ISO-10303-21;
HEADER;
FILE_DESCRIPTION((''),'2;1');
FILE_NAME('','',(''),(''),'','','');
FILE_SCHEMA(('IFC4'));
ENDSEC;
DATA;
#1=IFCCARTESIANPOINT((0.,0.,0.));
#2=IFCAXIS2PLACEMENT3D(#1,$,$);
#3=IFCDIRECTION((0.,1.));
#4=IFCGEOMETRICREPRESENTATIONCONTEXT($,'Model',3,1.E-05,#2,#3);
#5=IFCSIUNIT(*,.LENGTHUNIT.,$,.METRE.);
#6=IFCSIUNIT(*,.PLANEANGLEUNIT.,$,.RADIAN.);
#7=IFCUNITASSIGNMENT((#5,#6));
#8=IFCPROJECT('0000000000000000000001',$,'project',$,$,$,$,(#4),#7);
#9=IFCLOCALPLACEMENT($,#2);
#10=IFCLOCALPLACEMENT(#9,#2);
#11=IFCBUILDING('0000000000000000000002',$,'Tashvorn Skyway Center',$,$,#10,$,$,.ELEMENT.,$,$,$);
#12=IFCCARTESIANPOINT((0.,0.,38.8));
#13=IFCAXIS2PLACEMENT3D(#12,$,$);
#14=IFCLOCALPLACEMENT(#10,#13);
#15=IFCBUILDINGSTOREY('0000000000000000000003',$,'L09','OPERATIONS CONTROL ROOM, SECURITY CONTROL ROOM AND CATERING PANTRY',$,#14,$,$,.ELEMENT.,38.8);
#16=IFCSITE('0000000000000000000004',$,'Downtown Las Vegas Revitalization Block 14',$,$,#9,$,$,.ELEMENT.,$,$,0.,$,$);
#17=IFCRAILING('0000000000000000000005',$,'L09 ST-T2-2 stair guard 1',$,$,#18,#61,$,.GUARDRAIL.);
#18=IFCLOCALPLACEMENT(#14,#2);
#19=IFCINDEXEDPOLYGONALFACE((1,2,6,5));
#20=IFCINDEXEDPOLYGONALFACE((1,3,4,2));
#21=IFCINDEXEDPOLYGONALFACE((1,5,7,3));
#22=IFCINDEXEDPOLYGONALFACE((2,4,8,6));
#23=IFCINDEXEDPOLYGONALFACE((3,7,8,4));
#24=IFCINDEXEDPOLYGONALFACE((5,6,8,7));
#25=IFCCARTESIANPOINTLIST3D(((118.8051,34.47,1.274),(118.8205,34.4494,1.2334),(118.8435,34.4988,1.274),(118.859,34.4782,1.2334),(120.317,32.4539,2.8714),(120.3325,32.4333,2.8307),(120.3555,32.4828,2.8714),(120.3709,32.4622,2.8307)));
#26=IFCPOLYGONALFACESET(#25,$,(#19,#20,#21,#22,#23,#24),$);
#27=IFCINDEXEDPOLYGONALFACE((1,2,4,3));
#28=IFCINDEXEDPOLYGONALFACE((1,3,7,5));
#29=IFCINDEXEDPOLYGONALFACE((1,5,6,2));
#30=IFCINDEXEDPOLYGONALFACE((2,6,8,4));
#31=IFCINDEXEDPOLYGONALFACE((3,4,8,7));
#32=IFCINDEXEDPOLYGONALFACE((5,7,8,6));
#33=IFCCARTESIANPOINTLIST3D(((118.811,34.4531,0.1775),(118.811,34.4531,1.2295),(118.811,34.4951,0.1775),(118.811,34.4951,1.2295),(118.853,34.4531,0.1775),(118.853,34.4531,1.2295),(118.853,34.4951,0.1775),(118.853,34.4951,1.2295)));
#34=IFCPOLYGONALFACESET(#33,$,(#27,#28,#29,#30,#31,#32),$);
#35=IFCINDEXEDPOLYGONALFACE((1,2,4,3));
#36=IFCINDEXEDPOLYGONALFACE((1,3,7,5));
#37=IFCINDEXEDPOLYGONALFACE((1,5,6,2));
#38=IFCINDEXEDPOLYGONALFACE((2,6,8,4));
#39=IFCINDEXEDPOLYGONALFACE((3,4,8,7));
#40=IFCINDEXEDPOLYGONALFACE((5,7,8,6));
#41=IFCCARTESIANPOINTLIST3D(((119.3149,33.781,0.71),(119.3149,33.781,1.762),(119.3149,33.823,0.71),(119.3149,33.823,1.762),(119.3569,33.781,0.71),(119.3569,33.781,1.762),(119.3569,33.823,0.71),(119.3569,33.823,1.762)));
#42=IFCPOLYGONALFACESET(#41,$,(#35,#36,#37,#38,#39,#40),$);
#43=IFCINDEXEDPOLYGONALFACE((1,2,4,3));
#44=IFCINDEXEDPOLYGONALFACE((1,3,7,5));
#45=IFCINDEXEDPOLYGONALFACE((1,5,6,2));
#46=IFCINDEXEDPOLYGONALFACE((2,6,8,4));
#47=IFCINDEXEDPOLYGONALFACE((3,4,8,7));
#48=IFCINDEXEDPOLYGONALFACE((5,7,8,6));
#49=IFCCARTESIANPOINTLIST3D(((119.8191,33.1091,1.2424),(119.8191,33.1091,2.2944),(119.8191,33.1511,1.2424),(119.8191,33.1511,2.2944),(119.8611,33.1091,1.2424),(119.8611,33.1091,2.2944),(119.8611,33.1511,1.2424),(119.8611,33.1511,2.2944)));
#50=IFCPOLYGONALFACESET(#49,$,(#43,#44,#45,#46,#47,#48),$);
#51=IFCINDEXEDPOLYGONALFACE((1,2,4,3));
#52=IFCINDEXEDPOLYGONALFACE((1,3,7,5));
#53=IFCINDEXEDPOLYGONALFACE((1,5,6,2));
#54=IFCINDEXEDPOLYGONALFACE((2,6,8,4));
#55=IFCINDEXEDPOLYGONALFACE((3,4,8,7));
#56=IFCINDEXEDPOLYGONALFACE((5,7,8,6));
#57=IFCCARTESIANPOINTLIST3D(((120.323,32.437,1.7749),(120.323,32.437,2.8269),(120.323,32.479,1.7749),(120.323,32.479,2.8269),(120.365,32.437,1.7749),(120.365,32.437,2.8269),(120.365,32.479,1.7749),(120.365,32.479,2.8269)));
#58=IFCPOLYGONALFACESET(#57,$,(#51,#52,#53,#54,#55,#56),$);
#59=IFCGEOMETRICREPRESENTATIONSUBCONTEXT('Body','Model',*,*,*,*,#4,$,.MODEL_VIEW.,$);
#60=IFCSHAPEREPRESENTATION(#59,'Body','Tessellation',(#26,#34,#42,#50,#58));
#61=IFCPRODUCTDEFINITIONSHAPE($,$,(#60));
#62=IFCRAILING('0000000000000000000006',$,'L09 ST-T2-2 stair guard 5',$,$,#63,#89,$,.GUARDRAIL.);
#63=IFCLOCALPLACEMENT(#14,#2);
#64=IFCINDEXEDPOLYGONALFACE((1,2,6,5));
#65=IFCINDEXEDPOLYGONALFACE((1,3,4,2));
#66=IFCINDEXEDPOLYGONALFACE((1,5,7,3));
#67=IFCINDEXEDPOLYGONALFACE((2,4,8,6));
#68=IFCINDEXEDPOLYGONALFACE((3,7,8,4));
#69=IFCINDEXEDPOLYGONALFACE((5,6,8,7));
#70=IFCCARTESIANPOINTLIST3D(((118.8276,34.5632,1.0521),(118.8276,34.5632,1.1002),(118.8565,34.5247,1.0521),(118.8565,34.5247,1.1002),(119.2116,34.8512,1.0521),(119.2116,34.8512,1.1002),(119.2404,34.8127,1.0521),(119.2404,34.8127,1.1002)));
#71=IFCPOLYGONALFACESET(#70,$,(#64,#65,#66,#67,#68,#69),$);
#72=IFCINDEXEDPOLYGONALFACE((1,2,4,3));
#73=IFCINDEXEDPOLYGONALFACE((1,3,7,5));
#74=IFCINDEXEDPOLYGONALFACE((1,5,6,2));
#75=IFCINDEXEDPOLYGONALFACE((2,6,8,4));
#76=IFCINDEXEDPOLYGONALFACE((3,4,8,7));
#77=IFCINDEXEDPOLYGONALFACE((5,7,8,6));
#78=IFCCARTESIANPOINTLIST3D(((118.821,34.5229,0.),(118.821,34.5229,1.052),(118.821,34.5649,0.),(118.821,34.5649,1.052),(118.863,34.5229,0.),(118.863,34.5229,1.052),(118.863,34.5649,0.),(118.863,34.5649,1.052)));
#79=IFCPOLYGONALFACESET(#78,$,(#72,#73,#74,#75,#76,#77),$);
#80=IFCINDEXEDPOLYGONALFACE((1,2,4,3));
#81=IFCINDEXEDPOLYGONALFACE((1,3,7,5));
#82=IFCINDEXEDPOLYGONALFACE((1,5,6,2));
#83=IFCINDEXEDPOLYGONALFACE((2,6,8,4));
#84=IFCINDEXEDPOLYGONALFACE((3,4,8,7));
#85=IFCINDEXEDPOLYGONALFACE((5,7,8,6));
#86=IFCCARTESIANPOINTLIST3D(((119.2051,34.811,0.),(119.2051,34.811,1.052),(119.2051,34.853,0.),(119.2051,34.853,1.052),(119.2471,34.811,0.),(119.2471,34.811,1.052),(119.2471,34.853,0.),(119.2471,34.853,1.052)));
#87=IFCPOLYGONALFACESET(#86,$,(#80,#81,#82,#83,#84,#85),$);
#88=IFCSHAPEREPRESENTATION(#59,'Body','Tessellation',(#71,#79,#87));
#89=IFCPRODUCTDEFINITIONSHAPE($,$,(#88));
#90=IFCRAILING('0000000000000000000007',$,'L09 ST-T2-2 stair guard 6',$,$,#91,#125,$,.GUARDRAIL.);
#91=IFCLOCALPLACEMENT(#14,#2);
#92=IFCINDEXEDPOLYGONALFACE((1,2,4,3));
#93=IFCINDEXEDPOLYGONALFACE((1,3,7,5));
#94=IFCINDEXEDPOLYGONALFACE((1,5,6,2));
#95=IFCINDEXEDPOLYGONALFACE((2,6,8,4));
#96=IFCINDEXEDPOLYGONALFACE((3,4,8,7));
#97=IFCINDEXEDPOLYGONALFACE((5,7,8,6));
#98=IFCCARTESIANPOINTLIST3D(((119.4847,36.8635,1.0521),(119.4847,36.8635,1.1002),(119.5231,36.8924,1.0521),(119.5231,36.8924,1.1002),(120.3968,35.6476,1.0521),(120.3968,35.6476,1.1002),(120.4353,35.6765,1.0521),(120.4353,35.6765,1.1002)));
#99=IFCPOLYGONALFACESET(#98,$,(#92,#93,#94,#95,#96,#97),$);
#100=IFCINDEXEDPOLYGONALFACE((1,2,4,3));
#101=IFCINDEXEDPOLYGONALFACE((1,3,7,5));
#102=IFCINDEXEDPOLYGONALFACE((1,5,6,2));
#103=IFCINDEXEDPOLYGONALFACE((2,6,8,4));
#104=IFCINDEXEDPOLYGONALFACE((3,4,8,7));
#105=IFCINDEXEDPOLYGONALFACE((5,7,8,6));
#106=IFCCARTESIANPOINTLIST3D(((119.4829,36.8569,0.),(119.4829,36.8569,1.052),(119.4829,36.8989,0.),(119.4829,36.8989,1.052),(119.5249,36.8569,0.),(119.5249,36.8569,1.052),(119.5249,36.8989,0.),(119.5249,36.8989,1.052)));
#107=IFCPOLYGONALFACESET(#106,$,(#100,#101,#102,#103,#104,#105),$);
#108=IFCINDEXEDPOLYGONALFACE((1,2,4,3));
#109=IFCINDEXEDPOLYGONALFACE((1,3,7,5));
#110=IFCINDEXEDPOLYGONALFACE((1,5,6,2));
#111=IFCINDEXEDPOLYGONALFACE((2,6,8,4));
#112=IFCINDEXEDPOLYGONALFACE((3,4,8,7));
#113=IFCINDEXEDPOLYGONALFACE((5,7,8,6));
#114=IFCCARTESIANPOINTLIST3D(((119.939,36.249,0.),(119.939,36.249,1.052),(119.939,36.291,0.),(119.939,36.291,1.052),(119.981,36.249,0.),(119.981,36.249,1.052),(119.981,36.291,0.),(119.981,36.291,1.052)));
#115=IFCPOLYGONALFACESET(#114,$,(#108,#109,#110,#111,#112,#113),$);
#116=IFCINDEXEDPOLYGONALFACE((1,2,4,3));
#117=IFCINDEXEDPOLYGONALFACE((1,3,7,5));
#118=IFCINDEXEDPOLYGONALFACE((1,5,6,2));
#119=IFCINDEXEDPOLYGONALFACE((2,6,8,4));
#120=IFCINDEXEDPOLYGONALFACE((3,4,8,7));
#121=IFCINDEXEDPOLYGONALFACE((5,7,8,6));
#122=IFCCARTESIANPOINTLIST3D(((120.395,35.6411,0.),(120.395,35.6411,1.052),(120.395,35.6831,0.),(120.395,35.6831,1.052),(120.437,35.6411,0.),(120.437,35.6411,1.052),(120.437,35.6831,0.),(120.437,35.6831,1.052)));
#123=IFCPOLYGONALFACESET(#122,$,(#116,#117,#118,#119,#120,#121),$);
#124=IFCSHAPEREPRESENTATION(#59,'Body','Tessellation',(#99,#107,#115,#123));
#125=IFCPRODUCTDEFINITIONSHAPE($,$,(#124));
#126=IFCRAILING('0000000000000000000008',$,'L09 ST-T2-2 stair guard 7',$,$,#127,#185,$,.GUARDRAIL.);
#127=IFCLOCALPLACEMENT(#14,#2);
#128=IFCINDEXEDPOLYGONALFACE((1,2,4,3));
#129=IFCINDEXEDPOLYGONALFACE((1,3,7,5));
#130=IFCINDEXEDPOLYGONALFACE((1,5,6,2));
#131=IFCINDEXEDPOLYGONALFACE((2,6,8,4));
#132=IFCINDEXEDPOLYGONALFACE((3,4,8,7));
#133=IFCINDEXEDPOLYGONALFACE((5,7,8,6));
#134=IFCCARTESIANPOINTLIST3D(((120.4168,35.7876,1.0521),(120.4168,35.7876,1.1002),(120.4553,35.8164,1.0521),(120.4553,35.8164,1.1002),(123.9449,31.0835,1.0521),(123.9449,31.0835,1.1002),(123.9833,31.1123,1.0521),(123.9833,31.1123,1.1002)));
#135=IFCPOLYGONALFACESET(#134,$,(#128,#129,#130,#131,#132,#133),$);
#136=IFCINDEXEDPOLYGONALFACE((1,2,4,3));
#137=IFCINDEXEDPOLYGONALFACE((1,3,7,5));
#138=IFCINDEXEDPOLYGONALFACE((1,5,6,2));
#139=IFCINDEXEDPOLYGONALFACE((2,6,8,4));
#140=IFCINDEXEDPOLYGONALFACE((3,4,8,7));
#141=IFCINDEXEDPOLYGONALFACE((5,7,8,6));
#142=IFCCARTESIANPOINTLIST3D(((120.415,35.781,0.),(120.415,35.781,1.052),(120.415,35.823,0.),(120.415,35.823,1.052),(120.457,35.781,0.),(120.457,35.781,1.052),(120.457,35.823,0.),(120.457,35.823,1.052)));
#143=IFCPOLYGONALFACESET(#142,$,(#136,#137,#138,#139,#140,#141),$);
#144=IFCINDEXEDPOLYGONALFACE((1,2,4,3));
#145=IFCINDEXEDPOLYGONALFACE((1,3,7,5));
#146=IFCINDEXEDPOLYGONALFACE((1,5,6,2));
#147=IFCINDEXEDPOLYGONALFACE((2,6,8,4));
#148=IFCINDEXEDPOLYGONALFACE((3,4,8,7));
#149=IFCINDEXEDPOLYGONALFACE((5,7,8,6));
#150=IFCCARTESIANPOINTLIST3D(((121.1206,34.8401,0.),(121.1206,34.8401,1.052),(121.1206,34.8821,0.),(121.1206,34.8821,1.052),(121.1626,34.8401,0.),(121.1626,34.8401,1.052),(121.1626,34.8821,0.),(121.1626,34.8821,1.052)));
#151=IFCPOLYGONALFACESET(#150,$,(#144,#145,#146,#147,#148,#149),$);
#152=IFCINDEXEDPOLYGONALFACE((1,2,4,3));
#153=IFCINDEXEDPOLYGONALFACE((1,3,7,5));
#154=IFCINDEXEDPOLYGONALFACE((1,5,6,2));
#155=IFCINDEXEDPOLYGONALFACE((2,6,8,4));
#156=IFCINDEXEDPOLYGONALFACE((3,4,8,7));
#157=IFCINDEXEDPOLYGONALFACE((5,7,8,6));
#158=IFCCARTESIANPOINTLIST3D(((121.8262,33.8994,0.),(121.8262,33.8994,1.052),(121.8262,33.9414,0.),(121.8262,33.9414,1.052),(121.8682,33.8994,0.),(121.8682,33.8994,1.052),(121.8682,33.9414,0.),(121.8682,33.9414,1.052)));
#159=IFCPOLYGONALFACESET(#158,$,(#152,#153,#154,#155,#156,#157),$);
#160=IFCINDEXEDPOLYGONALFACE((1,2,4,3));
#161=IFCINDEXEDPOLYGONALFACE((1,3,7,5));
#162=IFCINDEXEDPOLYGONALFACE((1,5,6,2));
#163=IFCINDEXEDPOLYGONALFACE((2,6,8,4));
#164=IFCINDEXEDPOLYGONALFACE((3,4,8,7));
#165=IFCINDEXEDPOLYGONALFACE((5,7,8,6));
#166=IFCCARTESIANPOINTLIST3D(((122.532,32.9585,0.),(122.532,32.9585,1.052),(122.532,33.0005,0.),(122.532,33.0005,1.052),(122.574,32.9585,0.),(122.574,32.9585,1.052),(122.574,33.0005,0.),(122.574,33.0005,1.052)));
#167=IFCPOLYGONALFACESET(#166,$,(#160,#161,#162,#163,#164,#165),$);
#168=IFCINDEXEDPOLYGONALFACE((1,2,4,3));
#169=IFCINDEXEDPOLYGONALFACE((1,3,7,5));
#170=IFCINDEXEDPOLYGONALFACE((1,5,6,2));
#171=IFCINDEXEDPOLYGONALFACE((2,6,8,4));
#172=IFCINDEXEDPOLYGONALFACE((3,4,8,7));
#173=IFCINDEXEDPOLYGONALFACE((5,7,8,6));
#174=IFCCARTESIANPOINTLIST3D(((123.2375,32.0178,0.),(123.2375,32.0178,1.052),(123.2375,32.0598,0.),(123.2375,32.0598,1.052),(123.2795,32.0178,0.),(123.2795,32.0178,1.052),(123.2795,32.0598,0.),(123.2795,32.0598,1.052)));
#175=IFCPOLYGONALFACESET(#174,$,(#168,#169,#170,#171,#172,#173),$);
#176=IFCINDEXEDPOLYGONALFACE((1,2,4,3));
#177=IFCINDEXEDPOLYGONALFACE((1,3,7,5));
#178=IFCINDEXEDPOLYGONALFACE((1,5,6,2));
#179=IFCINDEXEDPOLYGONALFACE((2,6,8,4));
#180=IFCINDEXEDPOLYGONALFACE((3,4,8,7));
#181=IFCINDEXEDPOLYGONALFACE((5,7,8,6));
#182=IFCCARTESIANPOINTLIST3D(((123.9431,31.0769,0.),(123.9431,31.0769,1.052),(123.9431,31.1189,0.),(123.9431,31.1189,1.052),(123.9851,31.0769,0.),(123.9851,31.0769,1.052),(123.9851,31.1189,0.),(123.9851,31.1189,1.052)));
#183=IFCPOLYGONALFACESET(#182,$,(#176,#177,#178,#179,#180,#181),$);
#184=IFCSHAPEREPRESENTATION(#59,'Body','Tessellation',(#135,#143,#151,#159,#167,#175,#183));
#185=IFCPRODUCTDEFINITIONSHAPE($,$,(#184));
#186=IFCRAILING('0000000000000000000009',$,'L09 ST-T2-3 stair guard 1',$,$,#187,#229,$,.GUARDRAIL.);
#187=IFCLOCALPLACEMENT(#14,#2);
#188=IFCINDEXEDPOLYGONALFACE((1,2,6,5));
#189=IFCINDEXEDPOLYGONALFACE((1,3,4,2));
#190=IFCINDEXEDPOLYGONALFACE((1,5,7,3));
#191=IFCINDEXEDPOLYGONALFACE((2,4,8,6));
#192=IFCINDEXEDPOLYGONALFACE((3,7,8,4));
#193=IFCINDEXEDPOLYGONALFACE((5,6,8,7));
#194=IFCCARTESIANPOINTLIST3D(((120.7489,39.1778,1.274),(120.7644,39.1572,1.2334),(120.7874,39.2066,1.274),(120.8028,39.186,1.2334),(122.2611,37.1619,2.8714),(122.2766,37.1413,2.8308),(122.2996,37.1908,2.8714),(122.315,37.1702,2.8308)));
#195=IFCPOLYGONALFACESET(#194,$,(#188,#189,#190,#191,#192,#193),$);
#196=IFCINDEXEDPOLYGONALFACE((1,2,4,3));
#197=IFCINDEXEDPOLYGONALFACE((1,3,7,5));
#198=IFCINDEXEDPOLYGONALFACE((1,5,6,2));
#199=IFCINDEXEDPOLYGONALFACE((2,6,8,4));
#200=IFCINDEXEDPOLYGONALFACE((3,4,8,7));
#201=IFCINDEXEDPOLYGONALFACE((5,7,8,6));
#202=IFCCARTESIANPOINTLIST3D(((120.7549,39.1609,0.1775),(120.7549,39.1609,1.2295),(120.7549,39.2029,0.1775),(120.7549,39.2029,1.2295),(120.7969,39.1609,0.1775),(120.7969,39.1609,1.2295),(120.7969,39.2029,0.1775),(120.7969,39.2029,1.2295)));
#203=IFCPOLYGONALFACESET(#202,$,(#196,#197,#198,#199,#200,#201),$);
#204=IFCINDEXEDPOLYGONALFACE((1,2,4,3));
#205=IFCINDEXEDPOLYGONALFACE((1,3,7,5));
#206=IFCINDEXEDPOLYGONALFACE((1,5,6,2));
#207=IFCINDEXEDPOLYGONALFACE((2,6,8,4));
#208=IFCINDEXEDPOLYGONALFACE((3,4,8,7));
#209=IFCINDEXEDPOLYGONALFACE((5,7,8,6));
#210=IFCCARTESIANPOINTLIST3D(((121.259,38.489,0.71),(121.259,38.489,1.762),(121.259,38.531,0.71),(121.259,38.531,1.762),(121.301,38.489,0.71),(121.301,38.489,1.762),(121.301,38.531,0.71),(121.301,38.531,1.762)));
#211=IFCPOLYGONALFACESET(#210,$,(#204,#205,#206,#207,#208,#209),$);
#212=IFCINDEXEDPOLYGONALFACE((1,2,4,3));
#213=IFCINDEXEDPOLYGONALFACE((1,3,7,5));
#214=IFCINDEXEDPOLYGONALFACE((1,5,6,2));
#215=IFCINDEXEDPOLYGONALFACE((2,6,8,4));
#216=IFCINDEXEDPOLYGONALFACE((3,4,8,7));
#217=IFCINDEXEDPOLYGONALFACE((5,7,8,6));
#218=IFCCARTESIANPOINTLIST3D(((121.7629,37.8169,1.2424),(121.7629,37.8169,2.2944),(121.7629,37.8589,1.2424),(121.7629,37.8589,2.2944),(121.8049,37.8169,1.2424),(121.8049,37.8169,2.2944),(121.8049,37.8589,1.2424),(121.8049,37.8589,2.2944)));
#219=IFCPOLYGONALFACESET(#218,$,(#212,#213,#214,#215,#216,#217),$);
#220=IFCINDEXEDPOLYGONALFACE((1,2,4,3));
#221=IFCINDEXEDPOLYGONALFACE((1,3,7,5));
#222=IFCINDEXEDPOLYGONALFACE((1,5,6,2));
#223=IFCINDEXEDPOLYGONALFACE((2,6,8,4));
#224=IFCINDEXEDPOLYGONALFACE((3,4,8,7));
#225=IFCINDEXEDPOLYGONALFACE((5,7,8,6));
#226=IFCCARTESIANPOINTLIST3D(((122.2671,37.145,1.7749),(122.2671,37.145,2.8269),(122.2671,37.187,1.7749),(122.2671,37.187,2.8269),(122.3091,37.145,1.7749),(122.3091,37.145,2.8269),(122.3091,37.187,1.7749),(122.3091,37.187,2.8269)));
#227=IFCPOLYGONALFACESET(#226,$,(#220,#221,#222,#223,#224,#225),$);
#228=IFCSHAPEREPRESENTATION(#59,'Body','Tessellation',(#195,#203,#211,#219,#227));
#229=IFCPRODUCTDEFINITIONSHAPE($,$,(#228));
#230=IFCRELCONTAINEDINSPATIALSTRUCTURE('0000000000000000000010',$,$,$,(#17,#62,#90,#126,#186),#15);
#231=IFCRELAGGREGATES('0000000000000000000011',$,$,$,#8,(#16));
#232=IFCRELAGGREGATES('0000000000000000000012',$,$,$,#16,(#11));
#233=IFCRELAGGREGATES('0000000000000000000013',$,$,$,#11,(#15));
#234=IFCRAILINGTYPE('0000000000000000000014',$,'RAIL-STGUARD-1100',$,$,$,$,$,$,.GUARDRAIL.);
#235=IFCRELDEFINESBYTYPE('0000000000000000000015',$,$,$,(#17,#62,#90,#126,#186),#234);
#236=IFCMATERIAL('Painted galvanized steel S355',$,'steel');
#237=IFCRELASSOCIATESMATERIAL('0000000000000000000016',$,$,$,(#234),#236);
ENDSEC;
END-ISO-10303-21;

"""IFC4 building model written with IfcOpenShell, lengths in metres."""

from ifc_helpers import new_model, si_unit, direction, frame, origin, origin_2d, place, context, subcontext, project, spatial, rectangle, extrude, material, type_object, element, save


model = new_model("IFC4")

# Units and contexts
model_context = context("Model", 3, precision=1e-05, world=origin(), true_north=direction((0.0, 1.0)))
body_context = subcontext(model_context, "Body", "Model", "MODEL_VIEW")
ifc_project = project(units=[si_unit("LENGTHUNIT", "METRE"), si_unit("PLANEANGLEUNIT", "RADIAN")], contexts=[model_context])

# Site, building, storey
site_placement = place(None, origin())
site = spatial("IfcSite", under=ifc_project, at=site_placement, Name="Downtown Las Vegas Revitalization Block 14", CompositionType="ELEMENT", RefElevation=0.0)
building_placement = place(site_placement, origin())
building = spatial("IfcBuilding", under=site, at=building_placement, Name="Tashvorn Skyway Center", CompositionType="ELEMENT")
storey_placement = place(building_placement, frame((0.0, 0.0, 38.8)))
storey = spatial("IfcBuildingStorey", under=building, at=storey_placement, Name="L09", Description="OPERATIONS CONTROL ROOM, SECURITY CONTROL ROOM AND CATERING PANTRY", CompositionType="ELEMENT", Elevation=38.8)

# Railings
ifc_material_1 = material(Name="Painted galvanized steel S355", Category="steel")
railing_type_1 = type_object("IfcRailingType", Name="RAIL-STGUARD-1100", PredefinedType="GUARDRAIL", material=ifc_material_1)
railing_1_placement = place(storey_placement, frame((118.832, 34.4741, 0.1775)))
element("IfcRailing", 1, at=railing_1_placement, inside=storey, type_object=railing_type_1, Name="L09 ST-T2-2 stair guard 1", PredefinedType="GUARDRAIL", context=body_context, shape_type="SweptSolid", body=[
    extrude(rectangle(XDim=0.0481, YDim=0.0481, at=origin_2d()), frame((0.0, 0.0, 1.0762), z_axis=(0.506741, -0.675709, 0.535379), x_axis=(0.800023, 0.599969, 0.0)), (0.0, 0.0, 1.0), 2.9836),
    extrude(rectangle(XDim=0.042, YDim=0.042, at=origin_2d()), origin(), (0.0, 0.0, 1.0), 1.052),
    extrude(rectangle(XDim=0.042, YDim=0.042, at=origin_2d()), frame((0.5039, -0.6721, 0.5325)), (0.0, 0.0, 1.0), 1.052),
    extrude(rectangle(XDim=0.042, YDim=0.042, at=origin_2d()), frame((1.0081, -1.344, 1.0649)), (0.0, 0.0, 1.0), 1.052),
    extrude(rectangle(XDim=0.042, YDim=0.042, at=origin_2d()), frame((1.512, -2.0161, 1.5974)), (0.0, 0.0, 1.0), 1.052),
])
railing_2_placement = place(storey_placement, frame((118.842, 34.5439, 0.0)))
element("IfcRailing", 2, at=railing_2_placement, inside=storey, type_object=railing_type_1, Name="L09 ST-T2-2 stair guard 5", PredefinedType="GUARDRAIL", context=body_context, shape_type="SweptSolid", body=[
    extrude(rectangle(XDim=0.0481, YDim=0.0481, at=origin_2d()), frame((0.0, 0.0, 1.0762), z_axis=(0.799939, 0.600081, 0.0), x_axis=(-0.600081, 0.799939, 0.0)), (0.0, 0.0, 1.0), 0.48),
    extrude(rectangle(XDim=0.042, YDim=0.042, at=origin_2d()), origin(), (0.0, 0.0, 1.0), 1.052),
    extrude(rectangle(XDim=0.042, YDim=0.042, at=origin_2d()), frame((0.384, 0.2881, 0.0)), (0.0, 0.0, 1.0), 1.052),
])
railing_3_placement = place(storey_placement, frame((119.5039, 36.8779, 0.0)))
element("IfcRailing", 3, at=railing_3_placement, inside=storey, type_object=railing_type_1, Name="L09 ST-T2-2 stair guard 6", PredefinedType="GUARDRAIL", context=body_context, shape_type="SweptSolid", body=[
    extrude(rectangle(XDim=0.0481, YDim=0.0481, at=origin_2d()), frame((0.0, 0.0, 1.0762), z_axis=(0.600103, -0.799923, 0.0), x_axis=(0.799923, 0.600103, 0.0)), (0.0, 0.0, 1.0), 1.52),
    extrude(rectangle(XDim=0.042, YDim=0.042, at=origin_2d()), origin(), (0.0, 0.0, 1.0), 1.052),
    extrude(rectangle(XDim=0.042, YDim=0.042, at=origin_2d()), frame((0.4561, -0.6079, 0.0)), (0.0, 0.0, 1.0), 1.052),
    extrude(rectangle(XDim=0.042, YDim=0.042, at=origin_2d()), frame((0.9121, -1.2158, 0.0)), (0.0, 0.0, 1.0), 1.052),
])
railing_4_placement = place(storey_placement, frame((120.436, 35.802, 0.0)))
element("IfcRailing", 4, at=railing_4_placement, inside=storey, type_object=railing_type_1, Name="L09 ST-T2-2 stair guard 7", PredefinedType="GUARDRAIL", context=body_context, shape_type="SweptSolid", body=[
    extrude(rectangle(XDim=0.0481, YDim=0.0481, at=origin_2d()), frame((0.0, 0.0, 1.0762), z_axis=(0.6, -0.8, 0.0), x_axis=(0.8, 0.6, 0.0)), (0.0, 0.0, 1.0), 5.8801),
    extrude(rectangle(XDim=0.042, YDim=0.042, at=origin_2d()), origin(), (0.0, 0.0, 1.0), 1.052),
    extrude(rectangle(XDim=0.042, YDim=0.042, at=origin_2d()), frame((0.7056, -0.9409, 0.0)), (0.0, 0.0, 1.0), 1.052),
    extrude(rectangle(XDim=0.042, YDim=0.042, at=origin_2d()), frame((1.4111, -1.8816, 0.0)), (0.0, 0.0, 1.0), 1.052),
    extrude(rectangle(XDim=0.042, YDim=0.042, at=origin_2d()), frame((2.1169, -2.8225, 0.0)), (0.0, 0.0, 1.0), 1.052),
    extrude(rectangle(XDim=0.042, YDim=0.042, at=origin_2d()), frame((2.8225, -3.7632, 0.0)), (0.0, 0.0, 1.0), 1.052),
    extrude(rectangle(XDim=0.042, YDim=0.042, at=origin_2d()), frame((3.5281, -4.7041, 0.0)), (0.0, 0.0, 1.0), 1.052),
])
railing_5_placement = place(storey_placement, frame((120.7759, 39.1819, 0.1775)))
element("IfcRailing", 5, at=railing_5_placement, inside=storey, type_object=railing_type_1, Name="L09 ST-T2-3 stair guard 1", PredefinedType="GUARDRAIL", context=body_context, shape_type="SweptSolid", body=[
    extrude(rectangle(XDim=0.0481, YDim=0.0481, at=origin_2d()), frame((0.0, 0.0, 1.0762), z_axis=(0.50683, -0.675636, 0.535387), x_axis=(0.799942, 0.600078, 0.0)), (0.0, 0.0, 1.0), 2.9836),
    extrude(rectangle(XDim=0.042, YDim=0.042, at=origin_2d()), origin(), (0.0, 0.0, 1.0), 1.052),
    extrude(rectangle(XDim=0.042, YDim=0.042, at=origin_2d()), frame((0.5042, -0.6719, 0.5325)), (0.0, 0.0, 1.0), 1.052),
    extrude(rectangle(XDim=0.042, YDim=0.042, at=origin_2d()), frame((1.0081, -1.344, 1.0649)), (0.0, 0.0, 1.0), 1.052),
    extrude(rectangle(XDim=0.042, YDim=0.042, at=origin_2d()), frame((1.5122, -2.0159, 1.5974)), (0.0, 0.0, 1.0), 1.052),
])

save(model, "model.ifc")
